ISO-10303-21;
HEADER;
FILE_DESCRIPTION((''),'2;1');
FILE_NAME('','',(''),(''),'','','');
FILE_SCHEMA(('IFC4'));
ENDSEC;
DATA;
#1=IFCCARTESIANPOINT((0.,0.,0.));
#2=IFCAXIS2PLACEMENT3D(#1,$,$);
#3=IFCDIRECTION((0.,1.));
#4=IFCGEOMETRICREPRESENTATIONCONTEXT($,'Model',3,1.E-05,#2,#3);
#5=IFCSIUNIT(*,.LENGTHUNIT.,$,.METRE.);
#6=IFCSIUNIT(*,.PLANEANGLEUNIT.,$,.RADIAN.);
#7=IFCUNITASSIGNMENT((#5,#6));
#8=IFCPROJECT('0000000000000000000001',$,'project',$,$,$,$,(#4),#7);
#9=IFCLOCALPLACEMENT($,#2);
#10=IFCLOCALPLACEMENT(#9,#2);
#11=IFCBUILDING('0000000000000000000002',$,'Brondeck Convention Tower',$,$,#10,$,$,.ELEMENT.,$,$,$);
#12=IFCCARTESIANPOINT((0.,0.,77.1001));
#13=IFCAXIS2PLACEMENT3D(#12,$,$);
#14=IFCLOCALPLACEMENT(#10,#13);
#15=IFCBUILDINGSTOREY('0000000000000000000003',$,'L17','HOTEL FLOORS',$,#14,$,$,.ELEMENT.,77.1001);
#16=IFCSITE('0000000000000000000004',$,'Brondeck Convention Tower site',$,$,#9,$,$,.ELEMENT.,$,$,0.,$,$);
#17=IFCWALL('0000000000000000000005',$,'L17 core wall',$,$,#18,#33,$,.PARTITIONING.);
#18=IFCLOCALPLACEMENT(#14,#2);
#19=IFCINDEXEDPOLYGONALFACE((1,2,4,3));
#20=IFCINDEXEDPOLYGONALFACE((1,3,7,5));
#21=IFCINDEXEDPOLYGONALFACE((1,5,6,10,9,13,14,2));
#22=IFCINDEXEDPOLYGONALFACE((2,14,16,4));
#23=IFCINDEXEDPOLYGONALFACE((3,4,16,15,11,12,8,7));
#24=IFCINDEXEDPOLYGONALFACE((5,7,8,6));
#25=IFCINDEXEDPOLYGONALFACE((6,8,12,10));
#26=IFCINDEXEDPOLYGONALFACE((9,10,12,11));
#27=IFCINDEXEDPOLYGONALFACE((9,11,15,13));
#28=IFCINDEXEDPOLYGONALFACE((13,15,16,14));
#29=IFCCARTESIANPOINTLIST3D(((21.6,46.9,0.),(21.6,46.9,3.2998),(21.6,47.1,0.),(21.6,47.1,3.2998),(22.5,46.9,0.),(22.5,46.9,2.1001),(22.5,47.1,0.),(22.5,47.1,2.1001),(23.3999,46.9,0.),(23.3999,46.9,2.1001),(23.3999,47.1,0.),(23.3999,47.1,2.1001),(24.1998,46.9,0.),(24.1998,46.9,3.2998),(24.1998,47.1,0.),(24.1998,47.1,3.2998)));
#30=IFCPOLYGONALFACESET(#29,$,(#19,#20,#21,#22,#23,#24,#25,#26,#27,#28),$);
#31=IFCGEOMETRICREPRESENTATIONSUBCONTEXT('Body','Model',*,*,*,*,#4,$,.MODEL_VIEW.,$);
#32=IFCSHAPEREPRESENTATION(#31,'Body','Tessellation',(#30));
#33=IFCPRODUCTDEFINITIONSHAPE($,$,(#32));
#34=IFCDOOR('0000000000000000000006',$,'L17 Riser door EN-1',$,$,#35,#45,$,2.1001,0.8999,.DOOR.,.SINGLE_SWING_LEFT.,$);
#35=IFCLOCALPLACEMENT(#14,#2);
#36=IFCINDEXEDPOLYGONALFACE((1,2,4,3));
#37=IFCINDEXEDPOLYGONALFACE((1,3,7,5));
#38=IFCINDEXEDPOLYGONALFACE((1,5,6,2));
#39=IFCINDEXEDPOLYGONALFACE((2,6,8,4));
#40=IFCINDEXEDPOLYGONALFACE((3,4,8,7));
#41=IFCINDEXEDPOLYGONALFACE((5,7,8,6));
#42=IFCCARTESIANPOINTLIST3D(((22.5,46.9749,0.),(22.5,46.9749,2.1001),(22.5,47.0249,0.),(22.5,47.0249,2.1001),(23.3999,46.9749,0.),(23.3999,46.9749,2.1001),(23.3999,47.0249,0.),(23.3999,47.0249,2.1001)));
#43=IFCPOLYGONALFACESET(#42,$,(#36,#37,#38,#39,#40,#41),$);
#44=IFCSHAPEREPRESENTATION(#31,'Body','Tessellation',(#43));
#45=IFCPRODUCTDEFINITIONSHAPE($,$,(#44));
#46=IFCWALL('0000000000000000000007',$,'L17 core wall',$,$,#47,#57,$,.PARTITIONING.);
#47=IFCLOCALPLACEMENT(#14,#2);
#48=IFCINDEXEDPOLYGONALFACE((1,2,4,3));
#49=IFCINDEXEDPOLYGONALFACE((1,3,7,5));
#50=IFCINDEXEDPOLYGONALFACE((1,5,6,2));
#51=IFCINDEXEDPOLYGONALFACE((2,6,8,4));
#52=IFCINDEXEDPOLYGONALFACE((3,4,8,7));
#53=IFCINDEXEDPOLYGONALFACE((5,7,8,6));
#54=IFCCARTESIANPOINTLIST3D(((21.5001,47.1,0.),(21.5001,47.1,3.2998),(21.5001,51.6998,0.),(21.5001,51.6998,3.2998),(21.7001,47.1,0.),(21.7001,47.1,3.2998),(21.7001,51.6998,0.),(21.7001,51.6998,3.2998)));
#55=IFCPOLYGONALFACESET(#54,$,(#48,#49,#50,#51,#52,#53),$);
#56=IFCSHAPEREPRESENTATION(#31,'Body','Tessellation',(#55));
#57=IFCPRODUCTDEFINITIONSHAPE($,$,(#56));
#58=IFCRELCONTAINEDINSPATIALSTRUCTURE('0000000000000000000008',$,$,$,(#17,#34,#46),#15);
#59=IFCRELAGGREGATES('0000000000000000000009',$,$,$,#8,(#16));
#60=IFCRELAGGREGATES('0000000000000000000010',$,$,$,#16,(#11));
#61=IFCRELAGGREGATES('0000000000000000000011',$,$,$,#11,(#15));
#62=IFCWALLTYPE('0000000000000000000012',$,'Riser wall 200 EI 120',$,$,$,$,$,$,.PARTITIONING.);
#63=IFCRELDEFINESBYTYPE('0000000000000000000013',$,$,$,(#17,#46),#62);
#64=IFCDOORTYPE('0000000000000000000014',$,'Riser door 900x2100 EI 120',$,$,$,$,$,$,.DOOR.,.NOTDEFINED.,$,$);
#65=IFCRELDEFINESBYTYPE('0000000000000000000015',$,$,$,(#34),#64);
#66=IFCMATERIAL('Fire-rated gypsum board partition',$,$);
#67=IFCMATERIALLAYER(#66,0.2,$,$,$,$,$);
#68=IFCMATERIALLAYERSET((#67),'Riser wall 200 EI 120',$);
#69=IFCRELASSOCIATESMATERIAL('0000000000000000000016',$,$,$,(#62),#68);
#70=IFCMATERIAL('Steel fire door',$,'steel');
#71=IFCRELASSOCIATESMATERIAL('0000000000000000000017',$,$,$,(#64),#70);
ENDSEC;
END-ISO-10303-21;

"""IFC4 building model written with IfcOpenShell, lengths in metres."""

from ifc_helpers import new_model, si_unit, direction, frame, frame_2d, origin, place, context, subcontext, project, spatial, rectangle, extrude, material, layer, layer_set, type_object, element, fill, save


model = new_model("IFC4")

# Units and contexts
model_context = context("Model", 3, precision=1e-05, world=origin(), true_north=direction((0.0, 1.0)))
body_context = subcontext(model_context, "Body", "Model", "MODEL_VIEW")
ifc_project = project(units=[si_unit("LENGTHUNIT", "METRE"), si_unit("PLANEANGLEUNIT", "RADIAN")], contexts=[model_context])

# Site, building, storey
site_placement = place(None, origin())
site = spatial("IfcSite", under=ifc_project, at=site_placement, Name="Brondeck Convention Tower site", CompositionType="ELEMENT", RefElevation=0.0)
building_placement = place(site_placement, origin())
building = spatial("IfcBuilding", under=site, at=building_placement, Name="Brondeck Convention Tower", CompositionType="ELEMENT")
storey_placement = place(building_placement, frame((0.0, 0.0, 77.1001)))
storey = spatial("IfcBuildingStorey", under=building, at=storey_placement, Name="L17", Description="HOTEL FLOORS", CompositionType="ELEMENT", Elevation=77.1001)

# Shared definitions
ifc_material_1 = material(Name="Fire-rated gypsum board partition")

# Shared definitions
ifc_material_2 = material(Name="Steel fire door", Category="steel")

# Wall, opening, door
ifc_layer_1 = layer(ifc_material_1, 0.2)
ifc_layer_set_1 = layer_set([ifc_layer_1], Name="Riser wall 200 EI 120")
wall_type_1 = type_object("IfcWallType", Name="Riser wall 200 EI 120", PredefinedType="PARTITIONING", material=ifc_layer_set_1)
wall_1_placement = place(storey_placement, frame((21.6001, 47.0, 0.0), z_axis=(0.0, 0.0, 1.0), x_axis=(1.0, 0.0, 0.0)))
wall_1 = element("IfcWall", 1, at=wall_1_placement, inside=storey, type_object=wall_type_1, Name="L17 core wall", PredefinedType="PARTITIONING", context=body_context, shape_type="SweptSolid", body=[
    extrude(rectangle(XDim=2.5999, YDim=0.2, at=frame_2d((1.2998, 0.0))), origin(), (0.0, 0.0, 1.0), 3.2998),
])
opening_1_placement = place(wall_1_placement, frame((0.8999, 0.0, 0.0)))
opening_1 = element("IfcOpeningElement", 2, at=opening_1_placement, cuts=wall_1, PredefinedType="OPENING", context=body_context, shape_type="SweptSolid", body=[
    extrude(rectangle(XDim=0.8999, YDim=2.1001, at=frame_2d((0.45, 1.05))), frame((0.0, 0.1099, 0.0), z_axis=(0.0, -1.0, 0.0), x_axis=(1.0, 0.0, 0.0)), (0.0, 0.0, 1.0), 0.22),
])
door_type_1 = type_object("IfcDoorType", Name="Riser door 900x2100 EI 120", OperationType="NOTDEFINED", PredefinedType="DOOR", material=ifc_material_2)
door_1_placement = place(opening_1_placement, origin())
door_1 = element("IfcDoor", 3, at=door_1_placement, inside=storey, type_object=door_type_1, Name="L17 Riser door EN-1", OperationType="SINGLE_SWING_LEFT", OverallHeight=2.1001, OverallWidth=0.8999, PredefinedType="DOOR", context=body_context, shape_type="SweptSolid", body=[
    extrude(rectangle(XDim=0.8999, YDim=2.1001, at=frame_2d((0.45, 1.05))), frame((0.0, 0.0249, 0.0), z_axis=(0.0, -1.0, 0.0), x_axis=(1.0, 0.0, 0.0)), (0.0, 0.0, 1.0), 0.05),
])
fill(opening_1, door_1)

# Wall
wall_2_placement = place(storey_placement, frame((21.6001, 47.1001, 0.0), z_axis=(0.0, 0.0, 1.0), x_axis=(0.0, 1.0, 0.0)))
element("IfcWall", 4, at=wall_2_placement, inside=storey, type_object=wall_type_1, Name="L17 core wall", PredefinedType="PARTITIONING", context=body_context, shape_type="SweptSolid", body=[
    extrude(rectangle(XDim=4.5999, YDim=0.2, at=frame_2d((2.2998, 0.0))), origin(), (0.0, 0.0, 1.0), 3.2998),
])

save(model, "model.ifc")
